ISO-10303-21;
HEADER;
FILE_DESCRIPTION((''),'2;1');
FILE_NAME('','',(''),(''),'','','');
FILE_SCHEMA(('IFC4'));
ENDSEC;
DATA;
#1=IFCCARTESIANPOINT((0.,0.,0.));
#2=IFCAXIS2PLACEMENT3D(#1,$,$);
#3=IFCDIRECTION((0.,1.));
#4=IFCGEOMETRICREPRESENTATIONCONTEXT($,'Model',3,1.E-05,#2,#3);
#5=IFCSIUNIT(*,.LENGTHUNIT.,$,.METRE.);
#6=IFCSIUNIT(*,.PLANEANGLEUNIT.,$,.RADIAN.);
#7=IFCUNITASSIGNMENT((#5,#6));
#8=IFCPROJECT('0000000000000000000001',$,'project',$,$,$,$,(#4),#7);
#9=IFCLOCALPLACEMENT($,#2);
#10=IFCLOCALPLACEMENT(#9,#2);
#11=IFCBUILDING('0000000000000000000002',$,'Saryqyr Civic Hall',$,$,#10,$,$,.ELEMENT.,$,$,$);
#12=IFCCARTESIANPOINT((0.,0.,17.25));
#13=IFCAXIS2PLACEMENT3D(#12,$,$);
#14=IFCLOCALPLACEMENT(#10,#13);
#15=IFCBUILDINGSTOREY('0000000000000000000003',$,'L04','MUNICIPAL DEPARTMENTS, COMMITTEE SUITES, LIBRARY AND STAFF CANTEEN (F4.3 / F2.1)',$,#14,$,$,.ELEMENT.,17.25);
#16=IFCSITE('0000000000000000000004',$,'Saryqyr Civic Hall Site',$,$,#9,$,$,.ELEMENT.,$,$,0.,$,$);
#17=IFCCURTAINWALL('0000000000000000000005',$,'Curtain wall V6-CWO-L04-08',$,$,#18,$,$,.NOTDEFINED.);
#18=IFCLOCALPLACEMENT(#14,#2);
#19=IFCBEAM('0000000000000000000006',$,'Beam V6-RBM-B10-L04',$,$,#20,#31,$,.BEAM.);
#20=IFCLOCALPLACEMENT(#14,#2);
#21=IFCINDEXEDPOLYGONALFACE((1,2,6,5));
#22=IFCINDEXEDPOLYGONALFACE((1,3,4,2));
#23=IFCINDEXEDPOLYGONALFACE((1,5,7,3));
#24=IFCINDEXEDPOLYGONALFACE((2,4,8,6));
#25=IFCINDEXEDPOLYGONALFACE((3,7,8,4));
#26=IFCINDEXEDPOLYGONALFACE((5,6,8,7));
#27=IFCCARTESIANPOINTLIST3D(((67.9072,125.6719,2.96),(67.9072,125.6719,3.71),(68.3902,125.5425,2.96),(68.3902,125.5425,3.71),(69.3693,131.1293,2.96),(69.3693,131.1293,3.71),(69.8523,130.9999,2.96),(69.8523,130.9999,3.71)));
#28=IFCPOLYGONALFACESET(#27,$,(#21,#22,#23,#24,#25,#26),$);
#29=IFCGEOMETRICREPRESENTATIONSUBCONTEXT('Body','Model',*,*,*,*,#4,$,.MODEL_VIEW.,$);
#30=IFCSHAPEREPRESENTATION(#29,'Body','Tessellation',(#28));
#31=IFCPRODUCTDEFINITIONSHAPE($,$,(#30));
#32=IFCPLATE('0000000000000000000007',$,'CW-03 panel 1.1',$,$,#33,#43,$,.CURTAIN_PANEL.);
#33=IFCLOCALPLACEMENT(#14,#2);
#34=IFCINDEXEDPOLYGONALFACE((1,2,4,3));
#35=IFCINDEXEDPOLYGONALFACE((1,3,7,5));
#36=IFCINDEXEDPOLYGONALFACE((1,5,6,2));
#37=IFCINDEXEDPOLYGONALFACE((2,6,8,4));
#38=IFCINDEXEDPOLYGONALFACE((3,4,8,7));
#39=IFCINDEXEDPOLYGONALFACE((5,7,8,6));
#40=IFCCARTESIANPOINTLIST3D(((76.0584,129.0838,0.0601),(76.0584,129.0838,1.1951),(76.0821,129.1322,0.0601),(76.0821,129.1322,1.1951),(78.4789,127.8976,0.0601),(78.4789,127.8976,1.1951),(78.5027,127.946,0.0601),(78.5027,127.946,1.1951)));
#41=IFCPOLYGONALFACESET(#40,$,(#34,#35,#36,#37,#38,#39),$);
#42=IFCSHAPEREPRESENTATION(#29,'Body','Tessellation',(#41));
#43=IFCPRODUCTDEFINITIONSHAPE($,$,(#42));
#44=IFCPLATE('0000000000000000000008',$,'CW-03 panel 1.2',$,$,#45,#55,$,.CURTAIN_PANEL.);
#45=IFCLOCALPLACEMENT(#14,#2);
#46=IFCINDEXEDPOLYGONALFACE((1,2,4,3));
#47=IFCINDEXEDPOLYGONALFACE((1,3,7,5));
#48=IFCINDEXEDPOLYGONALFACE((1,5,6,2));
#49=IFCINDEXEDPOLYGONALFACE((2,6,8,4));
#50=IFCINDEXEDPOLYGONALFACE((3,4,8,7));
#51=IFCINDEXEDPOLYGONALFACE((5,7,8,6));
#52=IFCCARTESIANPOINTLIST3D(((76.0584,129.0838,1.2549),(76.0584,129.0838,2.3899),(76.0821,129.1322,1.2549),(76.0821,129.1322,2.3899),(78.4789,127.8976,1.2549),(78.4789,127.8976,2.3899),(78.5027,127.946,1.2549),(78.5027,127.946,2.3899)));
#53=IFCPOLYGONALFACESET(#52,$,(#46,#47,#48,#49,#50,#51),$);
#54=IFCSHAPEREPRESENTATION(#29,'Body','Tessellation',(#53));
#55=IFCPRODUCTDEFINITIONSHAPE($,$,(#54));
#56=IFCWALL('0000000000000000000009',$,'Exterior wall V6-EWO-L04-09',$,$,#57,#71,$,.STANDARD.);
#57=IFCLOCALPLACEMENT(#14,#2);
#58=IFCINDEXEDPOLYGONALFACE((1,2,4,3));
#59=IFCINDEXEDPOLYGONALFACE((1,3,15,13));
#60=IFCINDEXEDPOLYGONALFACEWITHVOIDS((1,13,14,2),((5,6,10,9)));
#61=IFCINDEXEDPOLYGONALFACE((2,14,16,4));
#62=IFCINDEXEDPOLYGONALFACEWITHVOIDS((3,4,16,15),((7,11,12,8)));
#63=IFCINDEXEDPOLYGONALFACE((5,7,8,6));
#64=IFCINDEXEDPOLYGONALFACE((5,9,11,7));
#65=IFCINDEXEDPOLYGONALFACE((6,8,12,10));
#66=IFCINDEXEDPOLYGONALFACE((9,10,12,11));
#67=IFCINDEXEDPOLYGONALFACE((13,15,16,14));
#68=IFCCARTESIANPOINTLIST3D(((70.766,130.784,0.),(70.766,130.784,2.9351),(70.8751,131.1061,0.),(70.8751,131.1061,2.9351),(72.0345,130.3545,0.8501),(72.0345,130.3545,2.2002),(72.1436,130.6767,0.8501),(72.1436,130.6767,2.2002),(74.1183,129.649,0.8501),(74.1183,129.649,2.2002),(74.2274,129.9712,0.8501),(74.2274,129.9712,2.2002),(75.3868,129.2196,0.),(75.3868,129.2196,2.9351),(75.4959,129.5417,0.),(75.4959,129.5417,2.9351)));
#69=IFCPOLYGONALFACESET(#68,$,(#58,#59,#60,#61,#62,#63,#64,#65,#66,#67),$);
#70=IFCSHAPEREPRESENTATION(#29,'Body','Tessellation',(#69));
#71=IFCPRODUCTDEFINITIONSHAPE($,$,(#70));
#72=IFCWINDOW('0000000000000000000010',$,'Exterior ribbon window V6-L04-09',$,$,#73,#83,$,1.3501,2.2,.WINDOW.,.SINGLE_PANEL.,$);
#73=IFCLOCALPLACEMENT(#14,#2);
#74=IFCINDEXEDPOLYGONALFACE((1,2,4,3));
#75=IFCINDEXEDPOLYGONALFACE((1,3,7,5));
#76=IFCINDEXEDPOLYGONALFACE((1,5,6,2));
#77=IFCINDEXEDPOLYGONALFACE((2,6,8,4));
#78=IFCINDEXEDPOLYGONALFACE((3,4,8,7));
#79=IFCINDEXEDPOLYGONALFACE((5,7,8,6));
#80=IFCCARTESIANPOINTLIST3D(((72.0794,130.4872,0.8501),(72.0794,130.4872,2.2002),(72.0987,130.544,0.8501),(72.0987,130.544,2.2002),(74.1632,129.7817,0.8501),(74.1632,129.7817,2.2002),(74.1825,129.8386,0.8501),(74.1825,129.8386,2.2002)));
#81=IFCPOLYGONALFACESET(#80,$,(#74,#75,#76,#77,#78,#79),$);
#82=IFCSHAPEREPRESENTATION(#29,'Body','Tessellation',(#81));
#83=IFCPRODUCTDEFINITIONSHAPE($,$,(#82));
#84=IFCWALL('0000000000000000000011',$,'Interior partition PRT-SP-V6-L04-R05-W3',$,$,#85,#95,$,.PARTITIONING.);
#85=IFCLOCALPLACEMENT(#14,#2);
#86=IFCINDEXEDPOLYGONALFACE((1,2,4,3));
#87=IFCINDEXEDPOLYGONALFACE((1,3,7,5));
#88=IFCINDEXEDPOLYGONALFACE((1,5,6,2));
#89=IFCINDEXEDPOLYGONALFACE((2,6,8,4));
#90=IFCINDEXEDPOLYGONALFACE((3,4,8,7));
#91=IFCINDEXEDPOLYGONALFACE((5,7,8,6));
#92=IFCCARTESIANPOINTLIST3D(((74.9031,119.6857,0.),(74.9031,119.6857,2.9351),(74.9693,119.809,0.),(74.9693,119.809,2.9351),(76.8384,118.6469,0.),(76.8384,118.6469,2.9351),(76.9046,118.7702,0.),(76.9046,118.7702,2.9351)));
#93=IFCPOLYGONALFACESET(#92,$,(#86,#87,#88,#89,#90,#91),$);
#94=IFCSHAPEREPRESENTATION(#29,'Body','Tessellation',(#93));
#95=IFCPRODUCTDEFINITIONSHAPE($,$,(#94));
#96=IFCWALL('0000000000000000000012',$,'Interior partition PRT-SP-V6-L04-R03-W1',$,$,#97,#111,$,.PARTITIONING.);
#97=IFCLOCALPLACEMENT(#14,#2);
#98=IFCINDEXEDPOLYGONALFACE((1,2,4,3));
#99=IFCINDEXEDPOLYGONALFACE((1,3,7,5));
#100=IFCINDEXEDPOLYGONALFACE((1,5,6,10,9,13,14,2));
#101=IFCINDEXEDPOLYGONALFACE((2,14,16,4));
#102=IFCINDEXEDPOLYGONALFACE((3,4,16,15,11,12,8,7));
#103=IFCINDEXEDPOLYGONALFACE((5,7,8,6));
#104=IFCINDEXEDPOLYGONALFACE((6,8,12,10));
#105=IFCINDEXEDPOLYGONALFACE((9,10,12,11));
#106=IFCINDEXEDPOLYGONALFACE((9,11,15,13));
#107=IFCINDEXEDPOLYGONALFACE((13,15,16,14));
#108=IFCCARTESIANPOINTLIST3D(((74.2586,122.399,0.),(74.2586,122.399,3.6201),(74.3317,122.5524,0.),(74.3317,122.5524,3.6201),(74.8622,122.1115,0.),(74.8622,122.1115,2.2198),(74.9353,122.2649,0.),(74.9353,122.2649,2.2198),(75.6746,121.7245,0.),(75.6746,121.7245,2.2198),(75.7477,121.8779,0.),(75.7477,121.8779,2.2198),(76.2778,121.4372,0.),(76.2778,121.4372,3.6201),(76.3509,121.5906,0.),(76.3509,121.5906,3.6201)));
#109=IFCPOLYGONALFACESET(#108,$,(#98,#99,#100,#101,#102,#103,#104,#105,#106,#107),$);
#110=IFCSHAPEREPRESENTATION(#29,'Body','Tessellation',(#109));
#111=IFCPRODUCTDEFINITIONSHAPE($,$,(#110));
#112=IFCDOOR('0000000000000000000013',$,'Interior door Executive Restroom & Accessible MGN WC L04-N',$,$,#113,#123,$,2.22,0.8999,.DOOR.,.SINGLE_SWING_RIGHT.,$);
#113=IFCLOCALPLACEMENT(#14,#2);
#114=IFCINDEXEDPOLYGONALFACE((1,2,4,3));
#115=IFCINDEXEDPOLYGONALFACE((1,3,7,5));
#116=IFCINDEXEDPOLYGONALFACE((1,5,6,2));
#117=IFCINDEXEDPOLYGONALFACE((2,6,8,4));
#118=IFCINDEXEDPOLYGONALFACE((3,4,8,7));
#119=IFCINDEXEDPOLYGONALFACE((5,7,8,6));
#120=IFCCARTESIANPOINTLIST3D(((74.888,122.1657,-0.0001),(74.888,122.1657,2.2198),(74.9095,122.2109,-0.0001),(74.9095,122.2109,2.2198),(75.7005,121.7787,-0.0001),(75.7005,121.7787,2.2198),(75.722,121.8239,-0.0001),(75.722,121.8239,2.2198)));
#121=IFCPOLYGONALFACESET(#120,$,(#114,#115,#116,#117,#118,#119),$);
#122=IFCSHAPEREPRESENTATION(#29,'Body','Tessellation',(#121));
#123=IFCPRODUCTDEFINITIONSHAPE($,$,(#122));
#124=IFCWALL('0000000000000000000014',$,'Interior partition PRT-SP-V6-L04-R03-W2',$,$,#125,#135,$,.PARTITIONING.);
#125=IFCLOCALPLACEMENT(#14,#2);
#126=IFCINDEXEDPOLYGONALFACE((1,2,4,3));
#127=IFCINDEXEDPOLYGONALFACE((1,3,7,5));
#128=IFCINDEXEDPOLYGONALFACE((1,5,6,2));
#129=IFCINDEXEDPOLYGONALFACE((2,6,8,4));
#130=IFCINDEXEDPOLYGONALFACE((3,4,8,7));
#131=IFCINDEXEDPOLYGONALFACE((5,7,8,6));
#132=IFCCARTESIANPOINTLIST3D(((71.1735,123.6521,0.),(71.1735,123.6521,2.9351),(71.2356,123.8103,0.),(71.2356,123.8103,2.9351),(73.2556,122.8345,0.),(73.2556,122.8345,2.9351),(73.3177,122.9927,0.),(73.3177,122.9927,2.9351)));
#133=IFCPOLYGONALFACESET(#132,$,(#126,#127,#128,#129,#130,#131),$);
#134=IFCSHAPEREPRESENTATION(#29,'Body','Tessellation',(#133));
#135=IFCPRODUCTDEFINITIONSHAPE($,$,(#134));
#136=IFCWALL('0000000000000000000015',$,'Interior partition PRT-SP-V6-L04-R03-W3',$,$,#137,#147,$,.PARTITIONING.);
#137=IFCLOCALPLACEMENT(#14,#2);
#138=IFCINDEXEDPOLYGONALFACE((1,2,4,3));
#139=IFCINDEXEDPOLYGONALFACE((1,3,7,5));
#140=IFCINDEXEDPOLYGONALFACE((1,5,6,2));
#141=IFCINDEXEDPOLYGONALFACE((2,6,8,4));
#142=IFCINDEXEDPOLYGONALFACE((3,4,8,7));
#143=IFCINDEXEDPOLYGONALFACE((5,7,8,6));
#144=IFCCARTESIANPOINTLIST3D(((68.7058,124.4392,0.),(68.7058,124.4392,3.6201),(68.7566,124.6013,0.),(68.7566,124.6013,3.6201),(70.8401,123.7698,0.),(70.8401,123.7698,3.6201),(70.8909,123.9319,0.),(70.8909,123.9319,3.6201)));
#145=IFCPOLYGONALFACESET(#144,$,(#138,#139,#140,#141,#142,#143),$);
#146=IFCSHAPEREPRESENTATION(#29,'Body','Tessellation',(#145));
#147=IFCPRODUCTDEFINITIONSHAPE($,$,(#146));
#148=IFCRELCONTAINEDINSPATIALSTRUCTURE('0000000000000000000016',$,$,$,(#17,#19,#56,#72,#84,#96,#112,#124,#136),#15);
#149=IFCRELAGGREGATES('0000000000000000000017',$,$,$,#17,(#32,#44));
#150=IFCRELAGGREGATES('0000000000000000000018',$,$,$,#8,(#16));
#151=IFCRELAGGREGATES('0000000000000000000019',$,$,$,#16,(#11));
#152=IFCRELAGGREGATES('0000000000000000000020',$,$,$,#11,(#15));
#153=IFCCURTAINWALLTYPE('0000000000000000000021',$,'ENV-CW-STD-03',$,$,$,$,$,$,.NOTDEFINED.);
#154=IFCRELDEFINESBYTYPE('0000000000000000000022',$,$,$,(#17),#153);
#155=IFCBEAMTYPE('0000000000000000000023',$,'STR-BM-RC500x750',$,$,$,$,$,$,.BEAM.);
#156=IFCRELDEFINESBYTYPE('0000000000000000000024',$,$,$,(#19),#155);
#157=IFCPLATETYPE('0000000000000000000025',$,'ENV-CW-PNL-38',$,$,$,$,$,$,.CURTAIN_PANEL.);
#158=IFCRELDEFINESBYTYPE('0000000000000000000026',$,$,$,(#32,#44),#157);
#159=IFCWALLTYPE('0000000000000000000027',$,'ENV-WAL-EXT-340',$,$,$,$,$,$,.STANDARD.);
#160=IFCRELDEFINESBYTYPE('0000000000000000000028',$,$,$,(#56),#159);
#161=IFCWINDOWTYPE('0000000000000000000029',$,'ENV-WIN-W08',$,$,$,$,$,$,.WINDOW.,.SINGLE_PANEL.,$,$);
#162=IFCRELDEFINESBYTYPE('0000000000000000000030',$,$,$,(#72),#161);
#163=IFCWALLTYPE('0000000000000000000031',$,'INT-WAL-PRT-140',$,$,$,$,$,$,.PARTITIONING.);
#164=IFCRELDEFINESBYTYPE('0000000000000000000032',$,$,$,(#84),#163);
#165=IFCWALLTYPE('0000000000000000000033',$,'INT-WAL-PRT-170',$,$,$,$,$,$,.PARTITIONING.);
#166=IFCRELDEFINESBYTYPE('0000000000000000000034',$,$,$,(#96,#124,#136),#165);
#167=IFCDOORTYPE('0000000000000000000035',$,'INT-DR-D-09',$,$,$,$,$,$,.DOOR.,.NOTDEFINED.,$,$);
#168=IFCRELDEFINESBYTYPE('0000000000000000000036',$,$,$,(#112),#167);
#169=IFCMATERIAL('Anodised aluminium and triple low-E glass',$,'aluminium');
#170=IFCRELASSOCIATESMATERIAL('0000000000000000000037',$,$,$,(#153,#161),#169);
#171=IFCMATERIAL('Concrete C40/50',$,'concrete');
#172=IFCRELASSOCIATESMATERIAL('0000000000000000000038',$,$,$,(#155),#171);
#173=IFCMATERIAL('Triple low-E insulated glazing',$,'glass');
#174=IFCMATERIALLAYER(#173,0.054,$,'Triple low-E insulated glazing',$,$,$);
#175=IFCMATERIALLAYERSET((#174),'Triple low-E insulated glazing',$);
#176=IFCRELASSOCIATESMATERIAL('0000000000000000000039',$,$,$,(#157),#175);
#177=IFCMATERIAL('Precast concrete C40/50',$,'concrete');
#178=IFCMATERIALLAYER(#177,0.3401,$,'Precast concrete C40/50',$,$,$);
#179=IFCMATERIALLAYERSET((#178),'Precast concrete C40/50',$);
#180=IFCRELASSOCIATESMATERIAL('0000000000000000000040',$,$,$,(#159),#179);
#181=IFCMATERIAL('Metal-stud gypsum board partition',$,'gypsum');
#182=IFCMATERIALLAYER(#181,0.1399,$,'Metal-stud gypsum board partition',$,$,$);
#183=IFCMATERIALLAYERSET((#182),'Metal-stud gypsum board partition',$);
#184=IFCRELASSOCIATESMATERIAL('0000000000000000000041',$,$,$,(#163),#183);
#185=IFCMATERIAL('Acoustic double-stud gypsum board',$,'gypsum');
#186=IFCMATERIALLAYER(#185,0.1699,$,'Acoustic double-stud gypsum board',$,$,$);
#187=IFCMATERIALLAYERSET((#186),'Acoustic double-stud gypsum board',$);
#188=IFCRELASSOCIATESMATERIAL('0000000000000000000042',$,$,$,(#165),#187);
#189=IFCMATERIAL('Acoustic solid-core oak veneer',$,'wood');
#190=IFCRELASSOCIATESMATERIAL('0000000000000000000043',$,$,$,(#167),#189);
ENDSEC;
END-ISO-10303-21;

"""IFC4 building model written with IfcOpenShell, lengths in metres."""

from ifc_helpers import new_model, si_unit, direction, frame, frame_2d, origin, origin_2d, place, context, subcontext, project, spatial, rectangle, extrude, material, layer, layer_set, material_profile, profile_set, type_object, element, fill, aggregate, save


model = new_model("IFC4")

# Units and contexts
model_context = context("Model", 3, precision=1e-05, world=origin(), true_north=direction((0.0, 1.0)))
body_context = subcontext(model_context, "Body", "Model", "MODEL_VIEW")
ifc_project = project(units=[si_unit("LENGTHUNIT", "METRE"), si_unit("PLANEANGLEUNIT", "RADIAN")], contexts=[model_context])

# Site, building, storey
site_placement = place(None, origin())
site = spatial("IfcSite", under=ifc_project, at=site_placement, Name="Saryqyr Civic Hall Site", CompositionType="ELEMENT", RefElevation=0.0)
building_placement = place(site_placement, origin())
building = spatial("IfcBuilding", under=site, at=building_placement, Name="Saryqyr Civic Hall", CompositionType="ELEMENT")
storey_placement = place(building_placement, frame((0.0, 0.0, 17.25)))
storey = spatial("IfcBuildingStorey", under=building, at=storey_placement, Name="L04", Description="MUNICIPAL DEPARTMENTS, COMMITTEE SUITES, LIBRARY AND STAFF CANTEEN (F4.3 / F2.1)", CompositionType="ELEMENT", Elevation=17.25)

# Shared definitions
ifc_material_1 = material(Name="Concrete C40/50", Category="concrete")

# Curtain wall
ifc_material_2 = material(Name="Anodised aluminium and triple low-E glass", Category="aluminium")
curtain_wall_type = type_object("IfcCurtainWallType", Name="ENV-CW-STD-03", PredefinedType="NOTDEFINED", material=ifc_material_2)
curtain_wall_placement = place(storey_placement, origin())
curtain_wall = element("IfcCurtainWall", 1, at=curtain_wall_placement, inside=storey, type_object=curtain_wall_type, Name="Curtain wall V6-CWO-L04-08", PredefinedType="NOTDEFINED")

# Beam
ifc_material_profile_1 = material_profile(ifc_material_1, rectangle(XDim=0.5, YDim=0.75, at=origin_2d()), Name="RC 500x750")
ifc_profile_set_1 = profile_set([ifc_material_profile_1], Name="Concrete C40/50")
beam_type_1 = type_object("IfcBeamType", Name="STR-BM-RC500x750", PredefinedType="BEAM", material=ifc_profile_set_1)
beam_1_placement = place(storey_placement, frame((68.1487, 125.6072, 3.335), z_axis=(0.258789, 0.965934, 0.0), x_axis=(-0.965934, 0.258789, 0.0)))
element("IfcBeam", 2, at=beam_1_placement, inside=storey, type_object=beam_type_1, Name="Beam V6-RBM-B10-L04", PredefinedType="BEAM", context=body_context, shape_type="SweptSolid", body=[
    extrude(rectangle(XDim=0.5, YDim=0.75, at=origin_2d()), origin(), (0.0, 0.0, 1.0), 5.6499),
])

# Plates
ifc_material_3 = material(Name="Triple low-E insulated glazing", Category="glass")
ifc_layer_1 = layer(ifc_material_3, 0.054, Name="Triple low-E insulated glazing")
ifc_layer_set_1 = layer_set([ifc_layer_1], Name="Triple low-E insulated glazing")
plate_type = type_object("IfcPlateType", Name="ENV-CW-PNL-38", PredefinedType="CURTAIN_PANEL", material=ifc_layer_set_1)
plate_1_placement = place(storey_placement, frame((77.2805, 128.5149, 0.0601), z_axis=(0.0, 0.0, 1.0), x_axis=(0.897971, -0.440055, 0.0)))
plate_1 = element("IfcPlate", 3, at=plate_1_placement, type_object=plate_type, Name="CW-03 panel 1.1", PredefinedType="CURTAIN_PANEL", context=body_context, shape_type="SweptSolid", body=[
    extrude(rectangle(XDim=2.6956, YDim=0.054, at=origin_2d()), origin(), (0.0, 0.0, 1.0), 1.135),
])
plate_2_placement = place(storey_placement, frame((77.2805, 128.5149, 1.2549), z_axis=(0.0, 0.0, 1.0), x_axis=(0.897971, -0.440055, 0.0)))
plate_2 = element("IfcPlate", 4, at=plate_2_placement, type_object=plate_type, Name="CW-03 panel 1.2", PredefinedType="CURTAIN_PANEL", context=body_context, shape_type="SweptSolid", body=[
    extrude(rectangle(XDim=2.6956, YDim=0.054, at=origin_2d()), origin(), (0.0, 0.0, 1.0), 1.135),
])
aggregate(curtain_wall, [plate_1, plate_2])

# Wall, opening, window
ifc_material_4 = material(Name="Precast concrete C40/50", Category="concrete")
ifc_layer_2 = layer(ifc_material_4, 0.3401, Name="Precast concrete C40/50")
ifc_layer_set_2 = layer_set([ifc_layer_2], Name="Precast concrete C40/50")
wall_type_1 = type_object("IfcWallType", Name="ENV-WAL-EXT-340", PredefinedType="STANDARD", material=ifc_layer_set_2)
wall_1_placement = place(storey_placement, frame((70.8206, 130.9451, 0.0), z_axis=(0.0, 0.0, 1.0), x_axis=(0.947187, -0.320683, 0.0)))
wall_1 = element("IfcWall", 5, at=wall_1_placement, inside=storey, type_object=wall_type_1, Name="Exterior wall V6-EWO-L04-09", PredefinedType="STANDARD", context=body_context, shape_type="SweptSolid", body=[
    extrude(rectangle(XDim=4.8784, YDim=0.3401, at=frame_2d((2.4392, 0.0))), origin(), (0.0, 0.0, 1.0), 2.9351),
])
opening_1_placement = place(wall_1_placement, frame((1.3391, 0.0, 0.8501)))
opening_1 = element("IfcOpeningElement", 6, at=opening_1_placement, cuts=wall_1, PredefinedType="OPENING", context=body_context, shape_type="SweptSolid", body=[
    extrude(rectangle(XDim=2.2, YDim=1.3501, at=frame_2d((1.1001, 0.675))), frame((0.0, 0.1799, 0.0), z_axis=(0.0, -1.0, 0.0), x_axis=(1.0, 0.0, 0.0)), (0.0, 0.0, 1.0), 0.3601),
])
window_type = type_object("IfcWindowType", Name="ENV-WIN-W08", PartitioningType="SINGLE_PANEL", PredefinedType="WINDOW", material=ifc_material_2)
window_placement = place(opening_1_placement, origin())
window = element("IfcWindow", 7, at=window_placement, inside=storey, type_object=window_type, Name="Exterior ribbon window V6-L04-09", OverallHeight=1.3501, OverallWidth=2.2, PartitioningType="SINGLE_PANEL", PredefinedType="WINDOW", context=body_context, shape_type="SweptSolid", body=[
    extrude(rectangle(XDim=2.2, YDim=1.3501, at=frame_2d((1.1001, 0.675))), frame((0.0, 0.03, 0.0), z_axis=(0.0, -1.0, 0.0), x_axis=(1.0, 0.0, 0.0)), (0.0, 0.0, 1.0), 0.0601),
])
fill(opening_1, window)

# Wall
ifc_material_5 = material(Name="Metal-stud gypsum board partition", Category="gypsum")
ifc_layer_3 = layer(ifc_material_5, 0.1399, Name="Metal-stud gypsum board partition")
ifc_layer_set_3 = layer_set([ifc_layer_3], Name="Metal-stud gypsum board partition")
wall_type_2 = type_object("IfcWallType", Name="INT-WAL-PRT-140", PredefinedType="PARTITIONING", material=ifc_layer_set_3)
wall_2_placement = place(storey_placement, frame((74.9363, 119.7473, 0.0), z_axis=(0.0, 0.0, 1.0), x_axis=(0.881091, -0.472946, 0.0)))
element("IfcWall", 8, at=wall_2_placement, inside=storey, type_object=wall_type_2, Name="Interior partition PRT-SP-V6-L04-R05-W3", PredefinedType="PARTITIONING", context=body_context, shape_type="SweptSolid", body=[
    extrude(rectangle(XDim=2.1965, YDim=0.1399, at=frame_2d((1.0981, 0.0))), origin(), (0.0, 0.0, 1.0), 2.9351),
])

# Wall, opening, door
ifc_material_6 = material(Name="Acoustic double-stud gypsum board", Category="gypsum")
ifc_layer_4 = layer(ifc_material_6, 0.1699, Name="Acoustic double-stud gypsum board")
ifc_layer_set_4 = layer_set([ifc_layer_4], Name="Acoustic double-stud gypsum board")
wall_type_3 = type_object("IfcWallType", Name="INT-WAL-PRT-170", PredefinedType="PARTITIONING", material=ifc_layer_set_4)
wall_3_placement = place(storey_placement, frame((76.3142, 121.5139, 0.0), z_axis=(0.0, 0.0, 1.0), x_axis=(-0.9028, 0.430061, 0.0)))
wall_3 = element("IfcWall", 9, at=wall_3_placement, inside=storey, type_object=wall_type_3, Name="Interior partition PRT-SP-V6-L04-R03-W1", PredefinedType="PARTITIONING", context=body_context, shape_type="SweptSolid", body=[
    extrude(rectangle(XDim=2.2366, YDim=0.1699, at=frame_2d((1.1182, 0.0))), origin(), (0.0, 0.0, 1.0), 3.6201),
])
opening_2_placement = place(wall_3_placement, frame((0.668, 0.0, 0.0)))
opening_2 = element("IfcOpeningElement", 10, at=opening_2_placement, cuts=wall_3, PredefinedType="OPENING", context=body_context, shape_type="SweptSolid", body=[
    extrude(rectangle(XDim=0.8999, YDim=2.22, at=frame_2d((0.45, 1.1099))), frame((0.0, 0.095, 0.0), z_axis=(0.0, -1.0, 0.0), x_axis=(1.0, 0.0, 0.0)), (0.0, 0.0, 1.0), 0.1899),
])
ifc_material_7 = material(Name="Acoustic solid-core oak veneer", Category="wood")
door_type = type_object("IfcDoorType", Name="INT-DR-D-09", OperationType="NOTDEFINED", PredefinedType="DOOR", material=ifc_material_7)
door_placement = place(opening_2_placement, origin())
door = element("IfcDoor", 11, at=door_placement, inside=storey, type_object=door_type, Name="Interior door Executive Restroom & Accessible MGN WC L04-N", OperationType="SINGLE_SWING_RIGHT", OverallHeight=2.22, OverallWidth=0.8999, PredefinedType="DOOR", context=body_context, shape_type="SweptSolid", body=[
    extrude(rectangle(XDim=0.8999, YDim=2.22, at=frame_2d((0.45, 1.1099))), frame((0.0, 0.0249, 0.0), z_axis=(0.0, -1.0, 0.0), x_axis=(1.0, 0.0, 0.0)), (0.0, 0.0, 1.0), 0.05),
])
fill(opening_2, door)

# Walls
wall_4_placement = place(storey_placement, frame((73.2866, 122.9136, 0.0), z_axis=(0.0, 0.0, 1.0), x_axis=(-0.930799, 0.365531, 0.0)))
element("IfcWall", 12, at=wall_4_placement, inside=storey, type_object=wall_type_3, Name="Interior partition PRT-SP-V6-L04-R03-W2", PredefinedType="PARTITIONING", context=body_context, shape_type="SweptSolid", body=[
    extrude(rectangle(XDim=2.2368, YDim=0.1699, at=frame_2d((1.1184, 0.0))), origin(), (0.0, 0.0, 1.0), 2.9351),
])
wall_5_placement = place(storey_placement, frame((70.8655, 123.8508, 0.0), z_axis=(0.0, 0.0, 1.0), x_axis=(-0.954165, 0.299282, 0.0)))
element("IfcWall", 13, at=wall_5_placement, inside=storey, type_object=wall_type_3, Name="Interior partition PRT-SP-V6-L04-R03-W3", PredefinedType="PARTITIONING", context=body_context, shape_type="SweptSolid", body=[
    extrude(rectangle(XDim=2.2368, YDim=0.1699, at=frame_2d((1.1184, 0.0))), origin(), (0.0, 0.0, 1.0), 3.6201),
])

save(model, "model.ifc")
